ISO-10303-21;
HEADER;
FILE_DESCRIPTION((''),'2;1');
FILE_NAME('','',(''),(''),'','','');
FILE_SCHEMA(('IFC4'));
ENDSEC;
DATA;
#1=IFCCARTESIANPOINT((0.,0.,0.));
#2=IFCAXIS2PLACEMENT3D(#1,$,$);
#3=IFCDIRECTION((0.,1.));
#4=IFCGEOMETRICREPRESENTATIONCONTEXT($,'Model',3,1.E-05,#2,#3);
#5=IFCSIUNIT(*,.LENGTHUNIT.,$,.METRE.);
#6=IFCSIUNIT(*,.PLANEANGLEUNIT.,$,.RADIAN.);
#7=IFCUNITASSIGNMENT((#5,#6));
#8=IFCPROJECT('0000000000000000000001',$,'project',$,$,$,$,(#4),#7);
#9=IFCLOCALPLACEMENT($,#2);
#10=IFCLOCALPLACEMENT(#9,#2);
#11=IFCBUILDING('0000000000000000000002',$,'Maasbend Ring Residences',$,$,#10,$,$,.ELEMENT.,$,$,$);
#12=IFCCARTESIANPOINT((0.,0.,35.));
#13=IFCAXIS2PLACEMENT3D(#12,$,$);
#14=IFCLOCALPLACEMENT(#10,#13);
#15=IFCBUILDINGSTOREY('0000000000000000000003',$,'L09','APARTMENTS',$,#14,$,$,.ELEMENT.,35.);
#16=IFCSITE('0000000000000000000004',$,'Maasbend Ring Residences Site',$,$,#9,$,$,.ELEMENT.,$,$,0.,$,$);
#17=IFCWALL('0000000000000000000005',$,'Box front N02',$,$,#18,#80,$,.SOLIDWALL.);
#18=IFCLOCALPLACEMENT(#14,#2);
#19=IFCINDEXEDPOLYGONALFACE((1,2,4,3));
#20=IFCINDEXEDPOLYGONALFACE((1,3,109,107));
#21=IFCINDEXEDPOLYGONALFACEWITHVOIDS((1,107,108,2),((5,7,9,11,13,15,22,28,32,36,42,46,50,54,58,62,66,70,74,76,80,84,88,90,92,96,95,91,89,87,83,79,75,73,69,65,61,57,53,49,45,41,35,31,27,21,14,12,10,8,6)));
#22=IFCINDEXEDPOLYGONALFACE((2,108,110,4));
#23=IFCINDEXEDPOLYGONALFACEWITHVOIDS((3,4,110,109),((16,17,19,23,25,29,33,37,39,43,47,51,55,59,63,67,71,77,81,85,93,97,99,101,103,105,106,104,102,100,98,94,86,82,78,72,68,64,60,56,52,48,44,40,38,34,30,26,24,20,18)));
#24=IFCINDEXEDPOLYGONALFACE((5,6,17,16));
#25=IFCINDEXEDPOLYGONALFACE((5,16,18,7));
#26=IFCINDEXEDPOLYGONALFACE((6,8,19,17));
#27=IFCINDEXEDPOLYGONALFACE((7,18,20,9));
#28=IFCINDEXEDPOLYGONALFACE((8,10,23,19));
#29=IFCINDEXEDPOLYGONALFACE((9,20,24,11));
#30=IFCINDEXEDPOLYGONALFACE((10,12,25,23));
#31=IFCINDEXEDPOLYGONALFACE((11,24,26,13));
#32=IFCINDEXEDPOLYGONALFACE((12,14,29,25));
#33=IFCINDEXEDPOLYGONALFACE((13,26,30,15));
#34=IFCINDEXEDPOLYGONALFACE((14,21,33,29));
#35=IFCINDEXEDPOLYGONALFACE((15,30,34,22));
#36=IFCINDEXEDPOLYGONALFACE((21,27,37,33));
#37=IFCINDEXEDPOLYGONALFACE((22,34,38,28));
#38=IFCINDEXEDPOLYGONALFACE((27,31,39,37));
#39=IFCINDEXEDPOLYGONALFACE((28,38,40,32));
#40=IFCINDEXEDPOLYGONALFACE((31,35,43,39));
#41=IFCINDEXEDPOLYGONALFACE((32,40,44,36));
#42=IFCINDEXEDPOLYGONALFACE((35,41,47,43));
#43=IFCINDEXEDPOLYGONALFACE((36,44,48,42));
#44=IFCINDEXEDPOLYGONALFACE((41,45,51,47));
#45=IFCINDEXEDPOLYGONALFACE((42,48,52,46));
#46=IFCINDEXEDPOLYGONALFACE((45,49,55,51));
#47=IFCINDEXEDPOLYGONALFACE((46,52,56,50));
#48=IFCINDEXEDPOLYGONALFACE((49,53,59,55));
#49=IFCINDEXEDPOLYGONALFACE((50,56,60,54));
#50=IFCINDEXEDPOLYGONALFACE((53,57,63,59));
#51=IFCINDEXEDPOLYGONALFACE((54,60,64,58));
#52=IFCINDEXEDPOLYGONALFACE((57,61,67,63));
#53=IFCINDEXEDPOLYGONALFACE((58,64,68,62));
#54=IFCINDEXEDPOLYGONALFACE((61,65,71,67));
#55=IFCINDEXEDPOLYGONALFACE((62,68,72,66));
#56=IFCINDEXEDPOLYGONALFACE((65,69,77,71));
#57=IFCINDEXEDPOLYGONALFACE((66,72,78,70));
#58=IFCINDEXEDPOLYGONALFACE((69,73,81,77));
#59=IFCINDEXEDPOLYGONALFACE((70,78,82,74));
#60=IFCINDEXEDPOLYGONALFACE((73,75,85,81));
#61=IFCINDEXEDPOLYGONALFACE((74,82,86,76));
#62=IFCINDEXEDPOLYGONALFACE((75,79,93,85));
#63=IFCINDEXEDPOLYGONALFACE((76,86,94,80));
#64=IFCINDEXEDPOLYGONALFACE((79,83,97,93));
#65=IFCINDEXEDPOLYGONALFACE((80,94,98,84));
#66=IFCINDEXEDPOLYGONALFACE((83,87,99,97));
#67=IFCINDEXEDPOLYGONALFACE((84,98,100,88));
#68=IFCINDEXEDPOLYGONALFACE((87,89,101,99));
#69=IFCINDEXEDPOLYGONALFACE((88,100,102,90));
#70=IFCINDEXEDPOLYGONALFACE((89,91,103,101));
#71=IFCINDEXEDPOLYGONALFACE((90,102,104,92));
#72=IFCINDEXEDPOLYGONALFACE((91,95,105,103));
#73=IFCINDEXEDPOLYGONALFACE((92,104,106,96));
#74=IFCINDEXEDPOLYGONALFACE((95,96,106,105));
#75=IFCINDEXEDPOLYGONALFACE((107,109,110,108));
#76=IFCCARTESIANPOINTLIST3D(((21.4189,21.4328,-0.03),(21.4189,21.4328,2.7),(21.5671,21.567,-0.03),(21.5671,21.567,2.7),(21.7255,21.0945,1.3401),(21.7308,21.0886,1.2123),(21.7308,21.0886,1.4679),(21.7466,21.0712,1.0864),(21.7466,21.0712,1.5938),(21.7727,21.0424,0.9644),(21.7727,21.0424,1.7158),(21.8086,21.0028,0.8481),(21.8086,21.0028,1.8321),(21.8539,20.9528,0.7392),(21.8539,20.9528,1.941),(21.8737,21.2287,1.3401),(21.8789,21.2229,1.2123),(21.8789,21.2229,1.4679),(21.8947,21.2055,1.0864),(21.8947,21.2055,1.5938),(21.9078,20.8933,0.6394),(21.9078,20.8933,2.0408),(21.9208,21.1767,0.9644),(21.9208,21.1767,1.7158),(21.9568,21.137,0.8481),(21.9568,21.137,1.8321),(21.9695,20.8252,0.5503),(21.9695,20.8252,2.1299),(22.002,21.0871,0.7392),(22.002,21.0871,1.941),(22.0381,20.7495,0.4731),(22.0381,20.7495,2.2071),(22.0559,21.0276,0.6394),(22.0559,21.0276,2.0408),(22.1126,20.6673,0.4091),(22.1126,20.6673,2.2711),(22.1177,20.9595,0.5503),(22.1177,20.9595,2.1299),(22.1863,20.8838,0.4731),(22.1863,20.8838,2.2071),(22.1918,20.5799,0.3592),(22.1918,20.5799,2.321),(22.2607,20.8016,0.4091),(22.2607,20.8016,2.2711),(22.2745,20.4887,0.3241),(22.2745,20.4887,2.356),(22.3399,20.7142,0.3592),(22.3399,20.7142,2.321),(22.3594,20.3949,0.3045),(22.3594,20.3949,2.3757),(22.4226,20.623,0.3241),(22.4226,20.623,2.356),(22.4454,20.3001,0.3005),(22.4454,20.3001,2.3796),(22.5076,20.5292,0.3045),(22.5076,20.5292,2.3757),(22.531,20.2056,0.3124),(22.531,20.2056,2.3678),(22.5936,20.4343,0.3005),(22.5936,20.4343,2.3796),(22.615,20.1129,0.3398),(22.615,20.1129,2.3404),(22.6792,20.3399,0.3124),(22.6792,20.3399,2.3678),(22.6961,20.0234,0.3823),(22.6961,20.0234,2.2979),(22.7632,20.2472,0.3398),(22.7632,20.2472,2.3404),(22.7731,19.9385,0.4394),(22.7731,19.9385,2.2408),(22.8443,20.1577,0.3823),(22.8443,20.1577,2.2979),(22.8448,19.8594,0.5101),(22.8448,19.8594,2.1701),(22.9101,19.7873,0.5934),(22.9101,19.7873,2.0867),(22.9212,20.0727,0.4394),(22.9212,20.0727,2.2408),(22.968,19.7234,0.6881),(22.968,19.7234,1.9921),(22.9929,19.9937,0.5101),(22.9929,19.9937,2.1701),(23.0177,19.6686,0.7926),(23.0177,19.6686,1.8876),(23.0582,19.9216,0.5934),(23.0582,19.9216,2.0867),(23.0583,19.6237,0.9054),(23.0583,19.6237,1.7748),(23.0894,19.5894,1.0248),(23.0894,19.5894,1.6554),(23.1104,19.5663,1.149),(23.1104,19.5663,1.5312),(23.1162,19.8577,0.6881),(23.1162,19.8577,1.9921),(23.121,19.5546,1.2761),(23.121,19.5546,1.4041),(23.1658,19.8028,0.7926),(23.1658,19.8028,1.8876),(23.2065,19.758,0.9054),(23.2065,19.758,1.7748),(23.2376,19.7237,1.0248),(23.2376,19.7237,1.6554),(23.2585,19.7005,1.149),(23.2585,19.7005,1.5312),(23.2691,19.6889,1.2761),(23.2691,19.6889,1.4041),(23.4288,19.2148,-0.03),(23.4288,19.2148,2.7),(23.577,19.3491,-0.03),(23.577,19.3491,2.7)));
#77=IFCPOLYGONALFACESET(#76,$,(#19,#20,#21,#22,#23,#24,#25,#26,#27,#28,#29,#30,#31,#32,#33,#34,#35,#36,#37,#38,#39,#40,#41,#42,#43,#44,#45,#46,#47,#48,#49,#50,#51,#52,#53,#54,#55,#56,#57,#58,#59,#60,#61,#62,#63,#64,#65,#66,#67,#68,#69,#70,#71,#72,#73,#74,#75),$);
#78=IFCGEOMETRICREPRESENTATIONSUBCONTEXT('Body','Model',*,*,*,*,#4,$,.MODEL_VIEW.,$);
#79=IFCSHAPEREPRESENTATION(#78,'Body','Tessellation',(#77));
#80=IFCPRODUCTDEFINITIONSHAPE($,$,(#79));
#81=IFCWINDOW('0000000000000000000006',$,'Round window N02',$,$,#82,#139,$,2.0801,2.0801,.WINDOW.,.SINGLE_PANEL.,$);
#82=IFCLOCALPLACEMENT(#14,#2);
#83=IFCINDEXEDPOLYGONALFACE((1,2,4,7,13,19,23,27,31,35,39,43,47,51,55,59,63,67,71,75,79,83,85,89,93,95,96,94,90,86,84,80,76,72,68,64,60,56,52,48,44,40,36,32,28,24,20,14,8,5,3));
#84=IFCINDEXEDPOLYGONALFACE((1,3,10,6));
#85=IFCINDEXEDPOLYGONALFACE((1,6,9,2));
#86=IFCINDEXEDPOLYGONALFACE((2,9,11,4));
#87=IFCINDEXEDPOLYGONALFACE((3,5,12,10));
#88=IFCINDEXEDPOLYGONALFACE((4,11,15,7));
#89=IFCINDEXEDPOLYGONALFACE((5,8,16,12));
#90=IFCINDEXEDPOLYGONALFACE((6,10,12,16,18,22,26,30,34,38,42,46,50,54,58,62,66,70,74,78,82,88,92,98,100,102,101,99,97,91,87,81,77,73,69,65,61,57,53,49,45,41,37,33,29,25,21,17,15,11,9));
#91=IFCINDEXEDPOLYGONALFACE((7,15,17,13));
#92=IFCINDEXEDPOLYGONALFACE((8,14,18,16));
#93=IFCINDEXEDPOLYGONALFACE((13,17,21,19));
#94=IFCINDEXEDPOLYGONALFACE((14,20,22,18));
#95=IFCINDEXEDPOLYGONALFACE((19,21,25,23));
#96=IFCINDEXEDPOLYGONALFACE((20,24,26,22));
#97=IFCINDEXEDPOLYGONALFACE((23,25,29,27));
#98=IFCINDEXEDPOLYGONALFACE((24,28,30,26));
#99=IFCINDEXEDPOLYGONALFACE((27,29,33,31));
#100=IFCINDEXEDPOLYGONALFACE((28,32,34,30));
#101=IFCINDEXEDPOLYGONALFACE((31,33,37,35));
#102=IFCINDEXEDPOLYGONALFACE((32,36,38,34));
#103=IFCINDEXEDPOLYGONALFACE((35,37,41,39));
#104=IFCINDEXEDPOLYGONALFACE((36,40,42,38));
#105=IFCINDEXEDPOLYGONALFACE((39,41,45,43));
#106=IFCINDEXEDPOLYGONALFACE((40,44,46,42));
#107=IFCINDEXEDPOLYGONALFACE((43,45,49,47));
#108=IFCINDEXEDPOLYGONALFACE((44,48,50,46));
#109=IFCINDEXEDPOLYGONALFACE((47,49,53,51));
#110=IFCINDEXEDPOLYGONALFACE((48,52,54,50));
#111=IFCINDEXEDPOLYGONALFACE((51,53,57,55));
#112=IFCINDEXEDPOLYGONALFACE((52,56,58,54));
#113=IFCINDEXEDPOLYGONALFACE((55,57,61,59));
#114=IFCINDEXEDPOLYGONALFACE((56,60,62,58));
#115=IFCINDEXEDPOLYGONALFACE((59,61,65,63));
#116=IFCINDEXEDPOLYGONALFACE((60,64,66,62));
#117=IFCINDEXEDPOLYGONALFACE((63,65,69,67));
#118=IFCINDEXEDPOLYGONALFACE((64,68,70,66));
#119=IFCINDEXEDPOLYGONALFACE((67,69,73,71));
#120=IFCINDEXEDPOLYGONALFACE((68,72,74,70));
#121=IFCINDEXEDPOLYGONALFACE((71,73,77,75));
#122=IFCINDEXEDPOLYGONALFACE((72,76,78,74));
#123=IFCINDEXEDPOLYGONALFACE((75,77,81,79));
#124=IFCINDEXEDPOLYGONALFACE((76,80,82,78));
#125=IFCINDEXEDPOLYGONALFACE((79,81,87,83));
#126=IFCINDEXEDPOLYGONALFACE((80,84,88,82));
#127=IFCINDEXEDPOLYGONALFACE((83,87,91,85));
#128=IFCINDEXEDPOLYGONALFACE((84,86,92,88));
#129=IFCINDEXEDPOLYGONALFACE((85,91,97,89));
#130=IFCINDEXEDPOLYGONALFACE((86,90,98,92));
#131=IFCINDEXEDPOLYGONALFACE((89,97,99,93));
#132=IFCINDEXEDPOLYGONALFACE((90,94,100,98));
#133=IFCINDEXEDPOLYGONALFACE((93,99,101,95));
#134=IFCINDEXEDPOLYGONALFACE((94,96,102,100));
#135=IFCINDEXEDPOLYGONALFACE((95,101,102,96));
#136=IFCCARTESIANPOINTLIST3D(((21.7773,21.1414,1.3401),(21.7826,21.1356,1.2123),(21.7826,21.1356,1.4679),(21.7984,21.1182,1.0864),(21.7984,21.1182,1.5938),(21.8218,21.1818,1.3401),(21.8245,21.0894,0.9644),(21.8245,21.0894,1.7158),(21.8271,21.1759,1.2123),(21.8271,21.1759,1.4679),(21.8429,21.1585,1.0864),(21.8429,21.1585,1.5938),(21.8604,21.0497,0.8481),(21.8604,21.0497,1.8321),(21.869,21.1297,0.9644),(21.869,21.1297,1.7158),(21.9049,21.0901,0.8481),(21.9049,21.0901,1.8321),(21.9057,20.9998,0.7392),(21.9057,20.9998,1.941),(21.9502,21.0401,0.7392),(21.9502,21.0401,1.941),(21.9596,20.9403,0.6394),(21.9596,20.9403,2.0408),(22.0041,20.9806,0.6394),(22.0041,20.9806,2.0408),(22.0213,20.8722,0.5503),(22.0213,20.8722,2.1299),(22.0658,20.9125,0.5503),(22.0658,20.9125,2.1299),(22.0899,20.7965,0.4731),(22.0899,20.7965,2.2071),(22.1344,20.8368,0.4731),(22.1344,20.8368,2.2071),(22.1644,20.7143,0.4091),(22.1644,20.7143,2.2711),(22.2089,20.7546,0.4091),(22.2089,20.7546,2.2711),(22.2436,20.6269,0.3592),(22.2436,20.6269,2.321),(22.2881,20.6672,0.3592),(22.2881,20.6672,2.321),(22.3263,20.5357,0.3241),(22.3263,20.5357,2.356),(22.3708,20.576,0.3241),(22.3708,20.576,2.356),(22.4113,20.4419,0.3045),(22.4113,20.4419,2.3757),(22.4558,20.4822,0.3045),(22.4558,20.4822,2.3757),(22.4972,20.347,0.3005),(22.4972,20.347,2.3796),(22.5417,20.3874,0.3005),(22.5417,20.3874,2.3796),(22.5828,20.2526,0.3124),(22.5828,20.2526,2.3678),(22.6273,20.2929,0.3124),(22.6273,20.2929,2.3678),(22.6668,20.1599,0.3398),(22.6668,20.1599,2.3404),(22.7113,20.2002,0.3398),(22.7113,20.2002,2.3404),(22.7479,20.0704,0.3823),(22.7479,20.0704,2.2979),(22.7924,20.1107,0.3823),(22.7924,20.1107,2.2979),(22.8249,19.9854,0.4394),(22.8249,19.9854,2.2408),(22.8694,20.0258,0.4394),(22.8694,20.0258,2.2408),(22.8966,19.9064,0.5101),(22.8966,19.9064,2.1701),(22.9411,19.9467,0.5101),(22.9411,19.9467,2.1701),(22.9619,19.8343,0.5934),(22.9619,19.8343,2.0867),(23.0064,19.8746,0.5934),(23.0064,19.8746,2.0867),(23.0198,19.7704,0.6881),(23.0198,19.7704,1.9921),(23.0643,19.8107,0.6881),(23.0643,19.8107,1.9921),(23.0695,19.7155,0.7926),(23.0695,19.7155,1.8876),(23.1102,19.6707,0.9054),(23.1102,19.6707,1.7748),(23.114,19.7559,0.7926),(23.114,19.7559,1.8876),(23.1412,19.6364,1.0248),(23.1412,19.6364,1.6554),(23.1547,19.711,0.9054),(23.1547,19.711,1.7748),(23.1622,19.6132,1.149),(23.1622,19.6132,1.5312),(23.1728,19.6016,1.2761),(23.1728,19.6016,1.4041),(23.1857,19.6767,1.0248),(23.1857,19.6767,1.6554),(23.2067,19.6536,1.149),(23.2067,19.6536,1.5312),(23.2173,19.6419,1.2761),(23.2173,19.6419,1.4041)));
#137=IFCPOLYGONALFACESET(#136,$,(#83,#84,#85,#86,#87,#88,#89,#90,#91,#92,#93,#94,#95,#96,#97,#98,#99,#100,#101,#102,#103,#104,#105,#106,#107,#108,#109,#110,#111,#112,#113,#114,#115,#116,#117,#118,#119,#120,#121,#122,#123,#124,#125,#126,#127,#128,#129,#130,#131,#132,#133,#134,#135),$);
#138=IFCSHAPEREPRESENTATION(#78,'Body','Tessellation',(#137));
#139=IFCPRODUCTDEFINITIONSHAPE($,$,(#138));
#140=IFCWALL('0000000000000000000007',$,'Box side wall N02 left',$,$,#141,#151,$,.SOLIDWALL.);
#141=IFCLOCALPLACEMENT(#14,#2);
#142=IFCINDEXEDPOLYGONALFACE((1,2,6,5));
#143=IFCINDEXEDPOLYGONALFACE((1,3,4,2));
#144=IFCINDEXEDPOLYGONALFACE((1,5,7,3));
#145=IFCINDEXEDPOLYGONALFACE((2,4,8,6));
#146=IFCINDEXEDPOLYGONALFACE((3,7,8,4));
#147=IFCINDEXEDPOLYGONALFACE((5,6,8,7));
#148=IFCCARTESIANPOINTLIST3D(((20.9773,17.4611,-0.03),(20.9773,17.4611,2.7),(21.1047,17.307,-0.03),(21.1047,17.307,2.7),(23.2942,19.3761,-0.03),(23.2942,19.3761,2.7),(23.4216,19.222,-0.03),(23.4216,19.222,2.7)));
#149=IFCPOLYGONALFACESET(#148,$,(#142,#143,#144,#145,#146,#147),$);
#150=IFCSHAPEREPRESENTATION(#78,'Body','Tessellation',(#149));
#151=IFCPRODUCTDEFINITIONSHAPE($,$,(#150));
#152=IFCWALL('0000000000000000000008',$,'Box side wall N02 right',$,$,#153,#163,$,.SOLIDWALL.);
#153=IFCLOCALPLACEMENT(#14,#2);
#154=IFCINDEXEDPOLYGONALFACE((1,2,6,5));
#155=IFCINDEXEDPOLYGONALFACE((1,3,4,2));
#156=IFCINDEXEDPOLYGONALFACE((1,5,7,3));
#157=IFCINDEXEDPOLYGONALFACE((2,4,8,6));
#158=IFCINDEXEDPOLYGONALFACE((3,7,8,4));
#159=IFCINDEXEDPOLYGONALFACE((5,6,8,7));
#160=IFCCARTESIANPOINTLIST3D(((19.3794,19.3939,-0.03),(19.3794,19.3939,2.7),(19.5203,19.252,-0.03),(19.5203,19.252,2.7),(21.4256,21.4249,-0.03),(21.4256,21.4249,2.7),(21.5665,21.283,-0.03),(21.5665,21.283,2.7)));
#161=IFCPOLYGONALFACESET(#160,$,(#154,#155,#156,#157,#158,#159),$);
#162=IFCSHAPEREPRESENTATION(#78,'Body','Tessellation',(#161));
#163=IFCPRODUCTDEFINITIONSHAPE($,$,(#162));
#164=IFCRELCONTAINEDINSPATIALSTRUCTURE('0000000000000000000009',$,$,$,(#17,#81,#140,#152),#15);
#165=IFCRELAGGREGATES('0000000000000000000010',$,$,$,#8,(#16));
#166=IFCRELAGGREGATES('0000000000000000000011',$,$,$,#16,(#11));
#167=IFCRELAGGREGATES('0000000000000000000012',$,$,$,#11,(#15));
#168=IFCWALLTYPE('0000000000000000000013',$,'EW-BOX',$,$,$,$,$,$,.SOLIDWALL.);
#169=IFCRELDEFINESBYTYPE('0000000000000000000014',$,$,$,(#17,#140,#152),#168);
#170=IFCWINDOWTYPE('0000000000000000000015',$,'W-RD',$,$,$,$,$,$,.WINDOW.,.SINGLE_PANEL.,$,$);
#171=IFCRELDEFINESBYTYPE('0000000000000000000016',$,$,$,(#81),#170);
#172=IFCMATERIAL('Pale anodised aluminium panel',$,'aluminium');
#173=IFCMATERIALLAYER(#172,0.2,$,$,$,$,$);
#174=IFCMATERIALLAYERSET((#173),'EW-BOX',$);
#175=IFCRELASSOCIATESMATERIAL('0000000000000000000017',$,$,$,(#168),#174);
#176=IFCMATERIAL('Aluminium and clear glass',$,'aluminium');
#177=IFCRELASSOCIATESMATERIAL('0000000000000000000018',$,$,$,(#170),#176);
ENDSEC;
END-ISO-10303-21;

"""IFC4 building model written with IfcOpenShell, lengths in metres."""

from ifc_helpers import new_model, si_unit, direction, frame, frame_2d, origin, place, context, subcontext, project, spatial, rectangle, circle, extrude, material, layer, layer_set, type_object, element, fill, save


model = new_model("IFC4")

# Units and contexts
model_context = context("Model", 3, precision=1e-05, world=origin(), true_north=direction((0.0, 1.0)))
body_context = subcontext(model_context, "Body", "Model", "MODEL_VIEW")
ifc_project = project(units=[si_unit("LENGTHUNIT", "METRE"), si_unit("PLANEANGLEUNIT", "RADIAN")], contexts=[model_context])

# Site, building, storey
site_placement = place(None, origin())
site = spatial("IfcSite", under=ifc_project, at=site_placement, Name="Maasbend Ring Residences Site", CompositionType="ELEMENT", RefElevation=0.0)
building_placement = place(site_placement, origin())
building = spatial("IfcBuilding", under=site, at=building_placement, Name="Maasbend Ring Residences", CompositionType="ELEMENT")
storey_placement = place(building_placement, frame((0.0, 0.0, 35.0)))
storey = spatial("IfcBuildingStorey", under=building, at=storey_placement, Name="L09", Description="APARTMENTS", CompositionType="ELEMENT", Elevation=35.0)

# Wall, opening, window
ifc_material_1 = material(Name="Pale anodised aluminium panel", Category="aluminium")
ifc_layer_1 = layer(ifc_material_1, 0.2)
ifc_layer_set_1 = layer_set([ifc_layer_1], Name="EW-BOX")
wall_type_1 = type_object("IfcWallType", Name="EW-BOX", PredefinedType="SOLIDWALL", material=ifc_layer_set_1)
wall_1_placement = place(storey_placement, frame((23.5029, 19.282, -0.03), z_axis=(0.0, 0.0, 1.0), x_axis=(-0.671507, 0.740998, 0.0)))
wall_1 = element("IfcWall", 1, at=wall_1_placement, inside=storey, type_object=wall_type_1, Name="Box front N02", PredefinedType="SOLIDWALL", context=body_context, shape_type="SweptSolid", body=[
    extrude(rectangle(XDim=2.9932, YDim=0.2, at=frame_2d((1.4966, 0.0))), origin(), (0.0, 0.0, 1.0), 2.73),
])
opening_1_placement = place(wall_1_placement, frame((0.4565, 0.0, 0.3301)))
opening_1 = element("IfcOpeningElement", 2, at=opening_1_placement, cuts=wall_1, PredefinedType="OPENING", context=body_context, shape_type="SweptSolid", body=[
    extrude(circle(Radius=1.04, at=frame_2d((1.04, 1.04))), frame((0.0, 0.1099, 0.0), z_axis=(0.0, -1.0, 0.0), x_axis=(1.0, 0.0, 0.0)), (0.0, 0.0, 1.0), 0.22),
])
ifc_material_2 = material(Name="Aluminium and clear glass", Category="aluminium")
window_type_1 = type_object("IfcWindowType", Name="W-RD", PartitioningType="SINGLE_PANEL", PredefinedType="WINDOW", material=ifc_material_2)
window_1_placement = place(opening_1_placement, origin())
window_1 = element("IfcWindow", 3, at=window_1_placement, inside=storey, type_object=window_type_1, Name="Round window N02", OverallHeight=2.0801, OverallWidth=2.0801, PartitioningType="SINGLE_PANEL", PredefinedType="WINDOW", context=body_context, shape_type="SweptSolid", body=[
    extrude(circle(Radius=1.04, at=frame_2d((1.04, 1.04))), frame((0.0, 0.03, 0.0), z_axis=(0.0, -1.0, 0.0), x_axis=(1.0, 0.0, 0.0)), (0.0, 0.0, 1.0), 0.0601),
])
fill(opening_1, window_1)

# Walls
wall_2_placement = place(storey_placement, frame((21.041, 17.384, -0.03), z_axis=(0.0, 0.0, 1.0), x_axis=(0.770785, 0.637096, 0.0)))
element("IfcWall", 4, at=wall_2_placement, inside=storey, type_object=wall_type_1, Name="Box side wall N02 left", PredefinedType="SOLIDWALL", context=body_context, shape_type="SweptSolid", body=[
    extrude(rectangle(XDim=3.0059, YDim=0.2, at=frame_2d((1.5029, 0.0))), origin(), (0.0, 0.0, 1.0), 2.73),
])
wall_3_placement = place(storey_placement, frame((19.45, 19.323, -0.03), z_axis=(0.0, 0.0, 1.0), x_axis=(0.709727, 0.704477, 0.0)))
element("IfcWall", 5, at=wall_3_placement, inside=storey, type_object=wall_type_1, Name="Box side wall N02 right", PredefinedType="SOLIDWALL", context=body_context, shape_type="SweptSolid", body=[
    extrude(rectangle(XDim=2.8831, YDim=0.2, at=frame_2d((1.4414, 0.0))), origin(), (0.0, 0.0, 1.0), 2.73),
])

save(model, "model.ifc")
